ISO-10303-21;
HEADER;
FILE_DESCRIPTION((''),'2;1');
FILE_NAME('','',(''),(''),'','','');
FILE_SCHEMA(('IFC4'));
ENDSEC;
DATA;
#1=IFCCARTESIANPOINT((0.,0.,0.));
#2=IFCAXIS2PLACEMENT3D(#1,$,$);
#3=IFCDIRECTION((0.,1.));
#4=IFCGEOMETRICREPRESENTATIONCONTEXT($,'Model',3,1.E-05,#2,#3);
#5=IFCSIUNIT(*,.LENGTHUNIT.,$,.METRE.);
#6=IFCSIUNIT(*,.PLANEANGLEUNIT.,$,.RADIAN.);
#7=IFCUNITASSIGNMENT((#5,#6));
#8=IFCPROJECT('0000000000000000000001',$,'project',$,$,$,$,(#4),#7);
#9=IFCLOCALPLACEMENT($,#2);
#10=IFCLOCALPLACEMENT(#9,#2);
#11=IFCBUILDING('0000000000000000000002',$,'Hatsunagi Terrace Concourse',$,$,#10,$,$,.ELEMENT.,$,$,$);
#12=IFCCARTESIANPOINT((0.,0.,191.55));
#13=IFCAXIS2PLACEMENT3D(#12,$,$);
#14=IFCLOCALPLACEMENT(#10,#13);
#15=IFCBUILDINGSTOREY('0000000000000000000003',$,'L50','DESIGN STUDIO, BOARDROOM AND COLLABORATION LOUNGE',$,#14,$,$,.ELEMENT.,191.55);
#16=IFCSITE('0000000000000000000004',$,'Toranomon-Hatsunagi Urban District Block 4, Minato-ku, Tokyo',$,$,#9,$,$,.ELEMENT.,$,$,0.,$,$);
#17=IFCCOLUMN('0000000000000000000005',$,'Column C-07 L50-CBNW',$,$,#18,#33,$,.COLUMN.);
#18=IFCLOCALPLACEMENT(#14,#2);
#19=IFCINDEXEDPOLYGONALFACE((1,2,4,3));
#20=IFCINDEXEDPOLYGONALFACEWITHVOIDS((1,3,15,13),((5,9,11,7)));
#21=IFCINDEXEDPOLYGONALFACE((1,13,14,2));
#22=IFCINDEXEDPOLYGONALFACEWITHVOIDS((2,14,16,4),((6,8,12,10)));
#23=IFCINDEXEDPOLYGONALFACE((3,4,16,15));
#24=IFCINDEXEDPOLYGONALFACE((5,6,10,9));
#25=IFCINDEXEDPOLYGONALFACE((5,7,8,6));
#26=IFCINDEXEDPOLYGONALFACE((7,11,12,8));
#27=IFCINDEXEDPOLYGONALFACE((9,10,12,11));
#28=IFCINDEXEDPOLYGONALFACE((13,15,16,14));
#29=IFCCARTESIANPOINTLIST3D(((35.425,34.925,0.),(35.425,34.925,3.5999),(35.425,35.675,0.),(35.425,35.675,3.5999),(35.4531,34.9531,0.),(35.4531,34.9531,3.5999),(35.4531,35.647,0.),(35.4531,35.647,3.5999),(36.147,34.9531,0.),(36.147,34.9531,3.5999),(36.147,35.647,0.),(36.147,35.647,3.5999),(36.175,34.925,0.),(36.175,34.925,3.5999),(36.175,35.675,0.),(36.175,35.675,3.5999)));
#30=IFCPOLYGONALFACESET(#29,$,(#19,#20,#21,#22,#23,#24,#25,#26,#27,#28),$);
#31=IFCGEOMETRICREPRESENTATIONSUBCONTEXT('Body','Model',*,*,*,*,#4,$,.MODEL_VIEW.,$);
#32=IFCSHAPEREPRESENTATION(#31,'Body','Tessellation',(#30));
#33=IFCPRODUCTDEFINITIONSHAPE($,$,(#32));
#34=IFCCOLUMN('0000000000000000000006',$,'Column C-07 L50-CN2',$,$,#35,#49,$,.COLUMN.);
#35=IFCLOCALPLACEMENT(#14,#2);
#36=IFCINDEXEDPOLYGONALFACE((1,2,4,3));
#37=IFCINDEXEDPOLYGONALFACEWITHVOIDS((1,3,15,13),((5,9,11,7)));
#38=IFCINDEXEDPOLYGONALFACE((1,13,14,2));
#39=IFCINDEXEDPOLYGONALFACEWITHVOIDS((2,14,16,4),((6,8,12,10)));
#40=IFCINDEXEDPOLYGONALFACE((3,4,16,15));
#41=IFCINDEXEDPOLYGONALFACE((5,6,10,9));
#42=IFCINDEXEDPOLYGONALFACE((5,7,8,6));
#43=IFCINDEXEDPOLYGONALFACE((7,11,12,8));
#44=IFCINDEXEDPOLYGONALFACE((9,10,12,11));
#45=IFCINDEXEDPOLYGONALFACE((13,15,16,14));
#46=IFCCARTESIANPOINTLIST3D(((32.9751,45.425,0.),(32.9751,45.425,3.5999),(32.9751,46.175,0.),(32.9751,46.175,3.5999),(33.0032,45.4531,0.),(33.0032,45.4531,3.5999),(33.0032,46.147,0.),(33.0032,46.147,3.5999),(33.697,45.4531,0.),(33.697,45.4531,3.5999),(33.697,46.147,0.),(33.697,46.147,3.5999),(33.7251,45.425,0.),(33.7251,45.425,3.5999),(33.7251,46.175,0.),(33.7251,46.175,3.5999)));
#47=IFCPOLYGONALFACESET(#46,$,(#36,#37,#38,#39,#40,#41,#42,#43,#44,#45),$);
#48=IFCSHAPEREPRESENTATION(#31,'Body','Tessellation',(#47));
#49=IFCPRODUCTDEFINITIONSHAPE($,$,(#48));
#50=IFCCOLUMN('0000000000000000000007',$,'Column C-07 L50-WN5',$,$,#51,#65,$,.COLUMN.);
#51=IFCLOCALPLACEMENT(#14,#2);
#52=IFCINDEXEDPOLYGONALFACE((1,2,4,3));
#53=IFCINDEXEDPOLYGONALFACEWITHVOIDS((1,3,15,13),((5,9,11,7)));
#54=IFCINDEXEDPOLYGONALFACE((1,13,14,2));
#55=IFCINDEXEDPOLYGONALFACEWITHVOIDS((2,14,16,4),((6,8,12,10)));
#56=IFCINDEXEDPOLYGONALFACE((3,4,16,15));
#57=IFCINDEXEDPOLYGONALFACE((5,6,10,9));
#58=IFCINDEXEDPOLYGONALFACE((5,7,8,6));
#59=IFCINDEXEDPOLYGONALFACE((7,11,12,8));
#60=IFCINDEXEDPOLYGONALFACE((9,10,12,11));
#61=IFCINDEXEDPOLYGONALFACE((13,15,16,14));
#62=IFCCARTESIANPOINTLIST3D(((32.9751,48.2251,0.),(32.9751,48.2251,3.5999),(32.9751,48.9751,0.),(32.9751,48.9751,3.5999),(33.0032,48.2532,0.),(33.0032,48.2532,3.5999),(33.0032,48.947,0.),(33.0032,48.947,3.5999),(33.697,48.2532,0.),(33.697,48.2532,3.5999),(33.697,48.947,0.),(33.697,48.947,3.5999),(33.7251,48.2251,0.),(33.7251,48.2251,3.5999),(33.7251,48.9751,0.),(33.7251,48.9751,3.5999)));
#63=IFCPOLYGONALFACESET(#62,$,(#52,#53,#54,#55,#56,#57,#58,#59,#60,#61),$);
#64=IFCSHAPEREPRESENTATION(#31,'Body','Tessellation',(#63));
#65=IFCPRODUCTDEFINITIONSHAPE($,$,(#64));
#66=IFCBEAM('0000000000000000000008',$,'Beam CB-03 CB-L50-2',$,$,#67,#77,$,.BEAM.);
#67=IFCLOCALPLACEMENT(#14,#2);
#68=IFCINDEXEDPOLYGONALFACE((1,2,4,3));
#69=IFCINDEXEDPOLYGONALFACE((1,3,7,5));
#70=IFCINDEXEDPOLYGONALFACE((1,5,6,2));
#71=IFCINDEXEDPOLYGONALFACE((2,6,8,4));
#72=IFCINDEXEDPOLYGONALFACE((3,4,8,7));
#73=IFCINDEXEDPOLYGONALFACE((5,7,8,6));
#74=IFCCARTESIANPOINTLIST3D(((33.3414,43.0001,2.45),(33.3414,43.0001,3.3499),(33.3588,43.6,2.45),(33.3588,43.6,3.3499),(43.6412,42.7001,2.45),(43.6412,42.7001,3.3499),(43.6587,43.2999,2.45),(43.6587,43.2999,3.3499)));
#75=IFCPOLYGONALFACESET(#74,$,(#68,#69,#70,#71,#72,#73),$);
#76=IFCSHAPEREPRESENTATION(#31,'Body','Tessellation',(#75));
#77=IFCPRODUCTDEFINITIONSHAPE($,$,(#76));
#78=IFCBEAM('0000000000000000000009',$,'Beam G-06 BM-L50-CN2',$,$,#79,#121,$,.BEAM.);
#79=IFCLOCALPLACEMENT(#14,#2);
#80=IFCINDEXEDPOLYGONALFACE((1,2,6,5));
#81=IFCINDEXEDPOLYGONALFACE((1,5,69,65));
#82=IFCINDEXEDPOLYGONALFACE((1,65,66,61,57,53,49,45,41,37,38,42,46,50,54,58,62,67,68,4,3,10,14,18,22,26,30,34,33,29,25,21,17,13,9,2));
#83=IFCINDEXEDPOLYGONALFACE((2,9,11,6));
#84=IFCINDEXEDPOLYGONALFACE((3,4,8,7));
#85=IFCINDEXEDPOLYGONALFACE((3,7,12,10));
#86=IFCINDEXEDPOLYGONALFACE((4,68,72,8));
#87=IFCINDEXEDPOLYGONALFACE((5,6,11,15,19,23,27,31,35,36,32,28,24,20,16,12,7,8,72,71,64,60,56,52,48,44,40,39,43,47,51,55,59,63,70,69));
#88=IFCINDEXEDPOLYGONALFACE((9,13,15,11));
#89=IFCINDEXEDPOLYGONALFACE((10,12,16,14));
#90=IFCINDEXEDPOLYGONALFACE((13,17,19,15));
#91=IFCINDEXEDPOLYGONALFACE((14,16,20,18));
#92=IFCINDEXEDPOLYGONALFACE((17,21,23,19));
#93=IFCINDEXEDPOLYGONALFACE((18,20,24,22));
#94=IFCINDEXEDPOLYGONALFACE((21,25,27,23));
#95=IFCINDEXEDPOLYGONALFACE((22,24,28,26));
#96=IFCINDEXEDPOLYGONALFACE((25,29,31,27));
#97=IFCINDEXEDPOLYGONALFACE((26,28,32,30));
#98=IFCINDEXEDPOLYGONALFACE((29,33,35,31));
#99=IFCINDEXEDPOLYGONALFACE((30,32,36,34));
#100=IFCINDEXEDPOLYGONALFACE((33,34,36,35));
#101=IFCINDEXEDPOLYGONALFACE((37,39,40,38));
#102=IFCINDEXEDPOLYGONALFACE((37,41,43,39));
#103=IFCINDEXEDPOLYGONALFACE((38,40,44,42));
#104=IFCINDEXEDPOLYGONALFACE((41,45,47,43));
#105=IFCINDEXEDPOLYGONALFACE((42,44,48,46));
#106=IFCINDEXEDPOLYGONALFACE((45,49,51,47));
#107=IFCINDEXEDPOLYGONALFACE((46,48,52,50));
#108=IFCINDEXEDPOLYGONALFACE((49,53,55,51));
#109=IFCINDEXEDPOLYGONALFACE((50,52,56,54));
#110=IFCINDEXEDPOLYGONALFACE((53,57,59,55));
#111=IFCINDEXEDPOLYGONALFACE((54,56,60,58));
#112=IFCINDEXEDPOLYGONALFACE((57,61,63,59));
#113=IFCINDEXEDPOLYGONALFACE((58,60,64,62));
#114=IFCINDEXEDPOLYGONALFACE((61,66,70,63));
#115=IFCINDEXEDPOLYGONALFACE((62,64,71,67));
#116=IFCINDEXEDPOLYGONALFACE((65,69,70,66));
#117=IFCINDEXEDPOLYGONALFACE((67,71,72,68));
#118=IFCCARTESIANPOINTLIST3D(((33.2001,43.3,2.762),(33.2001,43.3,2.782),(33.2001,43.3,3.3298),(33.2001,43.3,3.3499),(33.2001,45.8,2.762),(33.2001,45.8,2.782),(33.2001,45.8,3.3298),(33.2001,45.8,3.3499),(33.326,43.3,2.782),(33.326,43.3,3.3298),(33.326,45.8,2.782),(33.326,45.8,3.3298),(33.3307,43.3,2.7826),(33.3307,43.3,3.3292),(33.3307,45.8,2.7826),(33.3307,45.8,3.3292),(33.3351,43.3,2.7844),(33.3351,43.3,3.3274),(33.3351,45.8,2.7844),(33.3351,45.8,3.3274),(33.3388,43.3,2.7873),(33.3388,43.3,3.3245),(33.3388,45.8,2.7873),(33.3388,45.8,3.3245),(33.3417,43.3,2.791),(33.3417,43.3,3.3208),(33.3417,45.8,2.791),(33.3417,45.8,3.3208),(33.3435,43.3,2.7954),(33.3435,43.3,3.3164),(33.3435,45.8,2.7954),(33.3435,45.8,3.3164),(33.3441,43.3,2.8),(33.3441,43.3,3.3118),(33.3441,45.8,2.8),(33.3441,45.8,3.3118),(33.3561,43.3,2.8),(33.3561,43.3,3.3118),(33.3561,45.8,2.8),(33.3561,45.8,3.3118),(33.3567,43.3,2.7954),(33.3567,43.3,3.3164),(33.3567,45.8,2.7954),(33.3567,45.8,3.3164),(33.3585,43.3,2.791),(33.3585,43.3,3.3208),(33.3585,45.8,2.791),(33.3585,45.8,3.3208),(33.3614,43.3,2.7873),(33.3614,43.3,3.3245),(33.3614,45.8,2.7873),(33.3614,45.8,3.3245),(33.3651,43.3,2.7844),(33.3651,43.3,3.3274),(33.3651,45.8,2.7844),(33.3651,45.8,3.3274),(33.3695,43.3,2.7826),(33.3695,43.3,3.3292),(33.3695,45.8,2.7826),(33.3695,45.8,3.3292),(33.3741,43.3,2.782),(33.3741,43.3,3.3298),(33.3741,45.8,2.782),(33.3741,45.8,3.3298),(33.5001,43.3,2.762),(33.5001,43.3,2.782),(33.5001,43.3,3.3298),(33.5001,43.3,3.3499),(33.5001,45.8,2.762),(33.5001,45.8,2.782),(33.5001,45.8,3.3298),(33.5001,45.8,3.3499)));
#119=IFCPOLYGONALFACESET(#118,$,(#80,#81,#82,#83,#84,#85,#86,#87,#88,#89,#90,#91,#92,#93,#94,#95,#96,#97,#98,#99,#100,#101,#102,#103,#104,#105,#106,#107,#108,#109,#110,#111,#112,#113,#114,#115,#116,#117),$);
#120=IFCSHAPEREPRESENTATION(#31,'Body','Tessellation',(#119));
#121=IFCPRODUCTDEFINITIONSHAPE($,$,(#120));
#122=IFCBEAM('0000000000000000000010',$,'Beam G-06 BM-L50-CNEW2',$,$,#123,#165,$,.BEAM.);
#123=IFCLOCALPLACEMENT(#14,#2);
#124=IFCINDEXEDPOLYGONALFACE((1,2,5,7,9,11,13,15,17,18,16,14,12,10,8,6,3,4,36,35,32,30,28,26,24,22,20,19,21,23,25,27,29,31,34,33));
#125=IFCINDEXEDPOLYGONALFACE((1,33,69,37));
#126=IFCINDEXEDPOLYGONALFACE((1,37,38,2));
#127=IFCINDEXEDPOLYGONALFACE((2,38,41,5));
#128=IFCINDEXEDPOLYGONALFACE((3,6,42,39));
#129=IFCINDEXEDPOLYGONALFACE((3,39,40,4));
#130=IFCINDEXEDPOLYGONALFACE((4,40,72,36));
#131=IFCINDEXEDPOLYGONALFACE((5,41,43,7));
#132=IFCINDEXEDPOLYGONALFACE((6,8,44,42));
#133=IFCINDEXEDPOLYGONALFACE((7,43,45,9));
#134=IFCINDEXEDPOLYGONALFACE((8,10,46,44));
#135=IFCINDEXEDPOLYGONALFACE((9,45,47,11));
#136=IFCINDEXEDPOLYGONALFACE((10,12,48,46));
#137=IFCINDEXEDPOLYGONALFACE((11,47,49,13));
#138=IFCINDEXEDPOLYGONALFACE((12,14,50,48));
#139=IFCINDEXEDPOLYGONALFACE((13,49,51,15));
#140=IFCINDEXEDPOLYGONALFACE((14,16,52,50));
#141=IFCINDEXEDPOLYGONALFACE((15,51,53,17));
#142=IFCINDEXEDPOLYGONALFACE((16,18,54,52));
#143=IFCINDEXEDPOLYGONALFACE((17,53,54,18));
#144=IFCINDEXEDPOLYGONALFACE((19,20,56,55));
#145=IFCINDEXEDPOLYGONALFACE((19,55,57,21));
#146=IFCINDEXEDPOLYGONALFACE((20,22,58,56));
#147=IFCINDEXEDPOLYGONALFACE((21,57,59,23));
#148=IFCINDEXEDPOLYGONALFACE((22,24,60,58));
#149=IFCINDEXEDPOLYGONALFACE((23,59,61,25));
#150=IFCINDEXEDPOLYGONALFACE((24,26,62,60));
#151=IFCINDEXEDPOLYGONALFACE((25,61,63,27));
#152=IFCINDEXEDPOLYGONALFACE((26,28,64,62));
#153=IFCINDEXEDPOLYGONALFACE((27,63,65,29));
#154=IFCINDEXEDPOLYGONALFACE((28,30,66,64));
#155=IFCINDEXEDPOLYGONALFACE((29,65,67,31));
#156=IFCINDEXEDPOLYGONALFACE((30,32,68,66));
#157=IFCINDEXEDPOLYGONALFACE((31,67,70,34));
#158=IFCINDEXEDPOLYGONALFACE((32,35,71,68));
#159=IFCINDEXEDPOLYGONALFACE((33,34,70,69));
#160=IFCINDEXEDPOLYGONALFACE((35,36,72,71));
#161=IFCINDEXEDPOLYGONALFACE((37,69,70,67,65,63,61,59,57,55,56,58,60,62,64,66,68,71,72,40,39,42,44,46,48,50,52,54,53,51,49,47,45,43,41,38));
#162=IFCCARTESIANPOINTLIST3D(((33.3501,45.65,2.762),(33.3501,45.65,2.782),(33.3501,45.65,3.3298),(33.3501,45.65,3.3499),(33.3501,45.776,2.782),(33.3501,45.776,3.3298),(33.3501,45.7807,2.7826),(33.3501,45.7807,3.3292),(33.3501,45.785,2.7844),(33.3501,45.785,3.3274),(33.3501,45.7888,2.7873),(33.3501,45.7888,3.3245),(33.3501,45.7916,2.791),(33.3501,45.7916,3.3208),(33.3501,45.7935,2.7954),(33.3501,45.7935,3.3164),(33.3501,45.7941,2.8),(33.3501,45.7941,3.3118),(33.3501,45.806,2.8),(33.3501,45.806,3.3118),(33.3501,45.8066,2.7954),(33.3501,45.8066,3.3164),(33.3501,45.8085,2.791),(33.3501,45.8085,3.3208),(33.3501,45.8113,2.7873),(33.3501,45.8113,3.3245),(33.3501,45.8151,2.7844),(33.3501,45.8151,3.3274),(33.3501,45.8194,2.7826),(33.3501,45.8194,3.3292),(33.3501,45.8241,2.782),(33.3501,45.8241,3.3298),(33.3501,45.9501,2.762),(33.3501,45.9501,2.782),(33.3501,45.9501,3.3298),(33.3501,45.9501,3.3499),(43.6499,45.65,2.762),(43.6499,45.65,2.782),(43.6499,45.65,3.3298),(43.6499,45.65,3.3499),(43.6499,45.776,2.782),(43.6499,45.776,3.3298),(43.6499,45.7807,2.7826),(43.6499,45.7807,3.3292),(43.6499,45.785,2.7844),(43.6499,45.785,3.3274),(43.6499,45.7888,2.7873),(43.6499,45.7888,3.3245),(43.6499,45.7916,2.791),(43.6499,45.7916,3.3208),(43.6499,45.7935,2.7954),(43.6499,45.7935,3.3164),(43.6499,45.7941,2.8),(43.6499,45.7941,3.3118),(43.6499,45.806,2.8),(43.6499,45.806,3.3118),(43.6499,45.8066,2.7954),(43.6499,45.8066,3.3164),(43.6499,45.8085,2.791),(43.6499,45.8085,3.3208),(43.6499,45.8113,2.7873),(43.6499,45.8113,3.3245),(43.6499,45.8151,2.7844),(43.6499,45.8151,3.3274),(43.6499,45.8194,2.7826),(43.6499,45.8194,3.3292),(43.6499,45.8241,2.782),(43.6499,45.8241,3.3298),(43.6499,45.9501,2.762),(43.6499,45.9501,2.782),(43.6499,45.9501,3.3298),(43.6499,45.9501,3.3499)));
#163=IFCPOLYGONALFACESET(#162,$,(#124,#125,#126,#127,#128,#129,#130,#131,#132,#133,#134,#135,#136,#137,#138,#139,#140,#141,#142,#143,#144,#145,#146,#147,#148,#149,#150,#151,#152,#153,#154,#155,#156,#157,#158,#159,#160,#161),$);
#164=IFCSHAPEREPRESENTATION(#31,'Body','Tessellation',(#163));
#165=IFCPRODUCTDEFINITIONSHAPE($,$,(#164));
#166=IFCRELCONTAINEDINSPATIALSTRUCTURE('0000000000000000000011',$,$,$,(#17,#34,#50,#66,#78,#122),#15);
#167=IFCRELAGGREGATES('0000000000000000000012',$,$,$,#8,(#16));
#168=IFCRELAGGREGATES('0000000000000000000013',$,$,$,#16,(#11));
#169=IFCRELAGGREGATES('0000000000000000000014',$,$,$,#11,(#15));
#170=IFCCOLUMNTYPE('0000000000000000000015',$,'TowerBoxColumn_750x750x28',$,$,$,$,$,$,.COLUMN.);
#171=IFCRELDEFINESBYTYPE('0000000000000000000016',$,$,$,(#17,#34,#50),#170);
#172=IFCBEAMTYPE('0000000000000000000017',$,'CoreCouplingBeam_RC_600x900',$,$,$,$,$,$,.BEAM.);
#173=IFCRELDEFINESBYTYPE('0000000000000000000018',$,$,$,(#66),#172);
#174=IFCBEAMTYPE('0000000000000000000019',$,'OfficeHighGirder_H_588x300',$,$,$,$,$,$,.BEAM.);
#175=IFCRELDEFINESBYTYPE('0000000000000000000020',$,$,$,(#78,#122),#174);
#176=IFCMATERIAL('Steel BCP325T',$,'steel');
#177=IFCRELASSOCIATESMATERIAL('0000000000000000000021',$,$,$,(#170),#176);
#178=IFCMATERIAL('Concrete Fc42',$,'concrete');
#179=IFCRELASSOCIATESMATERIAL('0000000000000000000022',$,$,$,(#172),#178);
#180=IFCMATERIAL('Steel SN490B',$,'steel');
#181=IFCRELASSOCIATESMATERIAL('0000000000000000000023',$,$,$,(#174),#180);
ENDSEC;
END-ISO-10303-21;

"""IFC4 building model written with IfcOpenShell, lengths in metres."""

from ifc_helpers import new_model, si_unit, direction, frame, origin, origin_2d, place, context, subcontext, project, spatial, rectangle, hollow_rectangle, i_section, extrude, material, material_profile, profile_set, type_object, element, save


model = new_model("IFC4")

# Units and contexts
model_context = context("Model", 3, precision=1e-05, world=origin(), true_north=direction((0.0, 1.0)))
body_context = subcontext(model_context, "Body", "Model", "MODEL_VIEW")
ifc_project = project(units=[si_unit("LENGTHUNIT", "METRE"), si_unit("PLANEANGLEUNIT", "RADIAN")], contexts=[model_context])

# Site, building, storey
site_placement = place(None, origin())
site = spatial("IfcSite", under=ifc_project, at=site_placement, Name="Toranomon-Hatsunagi Urban District Block 4, Minato-ku, Tokyo", CompositionType="ELEMENT", RefElevation=0.0)
building_placement = place(site_placement, origin())
building = spatial("IfcBuilding", under=site, at=building_placement, Name="Hatsunagi Terrace Concourse", CompositionType="ELEMENT")
storey_placement = place(building_placement, frame((0.0, 0.0, 191.55)))
storey = spatial("IfcBuildingStorey", under=building, at=storey_placement, Name="L50", Description="DESIGN STUDIO, BOARDROOM AND COLLABORATION LOUNGE", CompositionType="ELEMENT", Elevation=191.55)

# Columns
ifc_material_1 = material(Name="Steel BCP325T", Category="steel")
ifc_material_profile_1 = material_profile(ifc_material_1, hollow_rectangle(XDim=0.75, YDim=0.75, WallThickness=0.0281, at=origin_2d()), Name="BCP-750x750x28")
ifc_profile_set_1 = profile_set([ifc_material_profile_1], Name="Steel BCP325T")
column_type = type_object("IfcColumnType", Name="TowerBoxColumn_750x750x28", PredefinedType="COLUMN", material=ifc_profile_set_1)
for number, where, z_axis, x_axis, name in (
    (1, (35.8, 35.3, 0.0), (0.0, 0.0, 1.0), (1.0, 0.0, 0.0), "Column C-07 L50-CBNW"),
    (2, (33.3501, 45.8, 0.0), (0.0, 0.0, 1.0), (1.0, 0.0, 0.0), "Column C-07 L50-CN2"),
    (3, (33.3501, 48.6001, 0.0), (0.0, 0.0, 1.0), (1.0, 0.0, 0.0), "Column C-07 L50-WN5"),
):
    element("IfcColumn", number, at=place(storey_placement, frame(where, z_axis=z_axis, x_axis=x_axis)), inside=storey, type_object=column_type, Name=name, PredefinedType="COLUMN", context=body_context, shape_type="SweptSolid", body=[
        extrude(hollow_rectangle(XDim=0.75, YDim=0.75, WallThickness=0.0281, at=origin_2d()), origin(), (0.0, 0.0, 1.0), 3.5999),
    ])

# Beams
ifc_material_2 = material(Name="Concrete Fc42", Category="concrete")
ifc_material_profile_2 = material_profile(ifc_material_2, rectangle(XDim=0.6001, YDim=0.8999, at=origin_2d()), Name="RC-600x900")
ifc_profile_set_2 = profile_set([ifc_material_profile_2], Name="Concrete Fc42")
beam_type_1 = type_object("IfcBeamType", Name="CoreCouplingBeam_RC_600x900", PredefinedType="BEAM", material=ifc_profile_set_2)
beam_1_placement = place(storey_placement, frame((33.3501, 43.3, 2.8999), z_axis=(0.999576, -0.029119, 0.0), x_axis=(0.029119, 0.999576, 0.0)))
element("IfcBeam", 4, at=beam_1_placement, inside=storey, type_object=beam_type_1, Name="Beam CB-03 CB-L50-2", PredefinedType="BEAM", context=body_context, shape_type="SweptSolid", body=[
    extrude(rectangle(XDim=0.6001, YDim=0.8999, at=origin_2d()), origin(), (0.0, 0.0, 1.0), 10.3042),
])
ifc_material_3 = material(Name="Steel SN490B", Category="steel")
ifc_material_profile_3 = material_profile(ifc_material_3, i_section(OverallWidth=0.3, OverallDepth=0.5879, WebThickness=0.012, FlangeThickness=0.02, FilletRadius=0.0181, at=origin_2d()), Name="H-588x300x12x20")
ifc_profile_set_3 = profile_set([ifc_material_profile_3], Name="Steel SN490B")
beam_type_2 = type_object("IfcBeamType", Name="OfficeHighGirder_H_588x300", PredefinedType="BEAM", material=ifc_profile_set_3)
beam_2_placement = place(storey_placement, frame((33.3501, 43.3, 3.0559), z_axis=(0.0, 1.0, 0.0), x_axis=(-1.0, 0.0, 0.0)))
element("IfcBeam", 5, at=beam_2_placement, inside=storey, type_object=beam_type_2, Name="Beam G-06 BM-L50-CN2", PredefinedType="BEAM", context=body_context, shape_type="SweptSolid", body=[
    extrude(i_section(OverallWidth=0.3, OverallDepth=0.5879, WebThickness=0.012, FlangeThickness=0.02, FilletRadius=0.0181, at=origin_2d()), origin(), (0.0, 0.0, 1.0), 2.5),
])
beam_3_placement = place(storey_placement, frame((33.3501, 45.8, 3.0559), z_axis=(1.0, 0.0, 0.0), x_axis=(0.0, 1.0, 0.0)))
element("IfcBeam", 6, at=beam_3_placement, inside=storey, type_object=beam_type_2, Name="Beam G-06 BM-L50-CNEW2", PredefinedType="BEAM", context=body_context, shape_type="SweptSolid", body=[
    extrude(i_section(OverallWidth=0.3, OverallDepth=0.5879, WebThickness=0.012, FlangeThickness=0.02, FilletRadius=0.0181, at=origin_2d()), origin(), (0.0, 0.0, 1.0), 10.2998),
])

save(model, "model.ifc")
